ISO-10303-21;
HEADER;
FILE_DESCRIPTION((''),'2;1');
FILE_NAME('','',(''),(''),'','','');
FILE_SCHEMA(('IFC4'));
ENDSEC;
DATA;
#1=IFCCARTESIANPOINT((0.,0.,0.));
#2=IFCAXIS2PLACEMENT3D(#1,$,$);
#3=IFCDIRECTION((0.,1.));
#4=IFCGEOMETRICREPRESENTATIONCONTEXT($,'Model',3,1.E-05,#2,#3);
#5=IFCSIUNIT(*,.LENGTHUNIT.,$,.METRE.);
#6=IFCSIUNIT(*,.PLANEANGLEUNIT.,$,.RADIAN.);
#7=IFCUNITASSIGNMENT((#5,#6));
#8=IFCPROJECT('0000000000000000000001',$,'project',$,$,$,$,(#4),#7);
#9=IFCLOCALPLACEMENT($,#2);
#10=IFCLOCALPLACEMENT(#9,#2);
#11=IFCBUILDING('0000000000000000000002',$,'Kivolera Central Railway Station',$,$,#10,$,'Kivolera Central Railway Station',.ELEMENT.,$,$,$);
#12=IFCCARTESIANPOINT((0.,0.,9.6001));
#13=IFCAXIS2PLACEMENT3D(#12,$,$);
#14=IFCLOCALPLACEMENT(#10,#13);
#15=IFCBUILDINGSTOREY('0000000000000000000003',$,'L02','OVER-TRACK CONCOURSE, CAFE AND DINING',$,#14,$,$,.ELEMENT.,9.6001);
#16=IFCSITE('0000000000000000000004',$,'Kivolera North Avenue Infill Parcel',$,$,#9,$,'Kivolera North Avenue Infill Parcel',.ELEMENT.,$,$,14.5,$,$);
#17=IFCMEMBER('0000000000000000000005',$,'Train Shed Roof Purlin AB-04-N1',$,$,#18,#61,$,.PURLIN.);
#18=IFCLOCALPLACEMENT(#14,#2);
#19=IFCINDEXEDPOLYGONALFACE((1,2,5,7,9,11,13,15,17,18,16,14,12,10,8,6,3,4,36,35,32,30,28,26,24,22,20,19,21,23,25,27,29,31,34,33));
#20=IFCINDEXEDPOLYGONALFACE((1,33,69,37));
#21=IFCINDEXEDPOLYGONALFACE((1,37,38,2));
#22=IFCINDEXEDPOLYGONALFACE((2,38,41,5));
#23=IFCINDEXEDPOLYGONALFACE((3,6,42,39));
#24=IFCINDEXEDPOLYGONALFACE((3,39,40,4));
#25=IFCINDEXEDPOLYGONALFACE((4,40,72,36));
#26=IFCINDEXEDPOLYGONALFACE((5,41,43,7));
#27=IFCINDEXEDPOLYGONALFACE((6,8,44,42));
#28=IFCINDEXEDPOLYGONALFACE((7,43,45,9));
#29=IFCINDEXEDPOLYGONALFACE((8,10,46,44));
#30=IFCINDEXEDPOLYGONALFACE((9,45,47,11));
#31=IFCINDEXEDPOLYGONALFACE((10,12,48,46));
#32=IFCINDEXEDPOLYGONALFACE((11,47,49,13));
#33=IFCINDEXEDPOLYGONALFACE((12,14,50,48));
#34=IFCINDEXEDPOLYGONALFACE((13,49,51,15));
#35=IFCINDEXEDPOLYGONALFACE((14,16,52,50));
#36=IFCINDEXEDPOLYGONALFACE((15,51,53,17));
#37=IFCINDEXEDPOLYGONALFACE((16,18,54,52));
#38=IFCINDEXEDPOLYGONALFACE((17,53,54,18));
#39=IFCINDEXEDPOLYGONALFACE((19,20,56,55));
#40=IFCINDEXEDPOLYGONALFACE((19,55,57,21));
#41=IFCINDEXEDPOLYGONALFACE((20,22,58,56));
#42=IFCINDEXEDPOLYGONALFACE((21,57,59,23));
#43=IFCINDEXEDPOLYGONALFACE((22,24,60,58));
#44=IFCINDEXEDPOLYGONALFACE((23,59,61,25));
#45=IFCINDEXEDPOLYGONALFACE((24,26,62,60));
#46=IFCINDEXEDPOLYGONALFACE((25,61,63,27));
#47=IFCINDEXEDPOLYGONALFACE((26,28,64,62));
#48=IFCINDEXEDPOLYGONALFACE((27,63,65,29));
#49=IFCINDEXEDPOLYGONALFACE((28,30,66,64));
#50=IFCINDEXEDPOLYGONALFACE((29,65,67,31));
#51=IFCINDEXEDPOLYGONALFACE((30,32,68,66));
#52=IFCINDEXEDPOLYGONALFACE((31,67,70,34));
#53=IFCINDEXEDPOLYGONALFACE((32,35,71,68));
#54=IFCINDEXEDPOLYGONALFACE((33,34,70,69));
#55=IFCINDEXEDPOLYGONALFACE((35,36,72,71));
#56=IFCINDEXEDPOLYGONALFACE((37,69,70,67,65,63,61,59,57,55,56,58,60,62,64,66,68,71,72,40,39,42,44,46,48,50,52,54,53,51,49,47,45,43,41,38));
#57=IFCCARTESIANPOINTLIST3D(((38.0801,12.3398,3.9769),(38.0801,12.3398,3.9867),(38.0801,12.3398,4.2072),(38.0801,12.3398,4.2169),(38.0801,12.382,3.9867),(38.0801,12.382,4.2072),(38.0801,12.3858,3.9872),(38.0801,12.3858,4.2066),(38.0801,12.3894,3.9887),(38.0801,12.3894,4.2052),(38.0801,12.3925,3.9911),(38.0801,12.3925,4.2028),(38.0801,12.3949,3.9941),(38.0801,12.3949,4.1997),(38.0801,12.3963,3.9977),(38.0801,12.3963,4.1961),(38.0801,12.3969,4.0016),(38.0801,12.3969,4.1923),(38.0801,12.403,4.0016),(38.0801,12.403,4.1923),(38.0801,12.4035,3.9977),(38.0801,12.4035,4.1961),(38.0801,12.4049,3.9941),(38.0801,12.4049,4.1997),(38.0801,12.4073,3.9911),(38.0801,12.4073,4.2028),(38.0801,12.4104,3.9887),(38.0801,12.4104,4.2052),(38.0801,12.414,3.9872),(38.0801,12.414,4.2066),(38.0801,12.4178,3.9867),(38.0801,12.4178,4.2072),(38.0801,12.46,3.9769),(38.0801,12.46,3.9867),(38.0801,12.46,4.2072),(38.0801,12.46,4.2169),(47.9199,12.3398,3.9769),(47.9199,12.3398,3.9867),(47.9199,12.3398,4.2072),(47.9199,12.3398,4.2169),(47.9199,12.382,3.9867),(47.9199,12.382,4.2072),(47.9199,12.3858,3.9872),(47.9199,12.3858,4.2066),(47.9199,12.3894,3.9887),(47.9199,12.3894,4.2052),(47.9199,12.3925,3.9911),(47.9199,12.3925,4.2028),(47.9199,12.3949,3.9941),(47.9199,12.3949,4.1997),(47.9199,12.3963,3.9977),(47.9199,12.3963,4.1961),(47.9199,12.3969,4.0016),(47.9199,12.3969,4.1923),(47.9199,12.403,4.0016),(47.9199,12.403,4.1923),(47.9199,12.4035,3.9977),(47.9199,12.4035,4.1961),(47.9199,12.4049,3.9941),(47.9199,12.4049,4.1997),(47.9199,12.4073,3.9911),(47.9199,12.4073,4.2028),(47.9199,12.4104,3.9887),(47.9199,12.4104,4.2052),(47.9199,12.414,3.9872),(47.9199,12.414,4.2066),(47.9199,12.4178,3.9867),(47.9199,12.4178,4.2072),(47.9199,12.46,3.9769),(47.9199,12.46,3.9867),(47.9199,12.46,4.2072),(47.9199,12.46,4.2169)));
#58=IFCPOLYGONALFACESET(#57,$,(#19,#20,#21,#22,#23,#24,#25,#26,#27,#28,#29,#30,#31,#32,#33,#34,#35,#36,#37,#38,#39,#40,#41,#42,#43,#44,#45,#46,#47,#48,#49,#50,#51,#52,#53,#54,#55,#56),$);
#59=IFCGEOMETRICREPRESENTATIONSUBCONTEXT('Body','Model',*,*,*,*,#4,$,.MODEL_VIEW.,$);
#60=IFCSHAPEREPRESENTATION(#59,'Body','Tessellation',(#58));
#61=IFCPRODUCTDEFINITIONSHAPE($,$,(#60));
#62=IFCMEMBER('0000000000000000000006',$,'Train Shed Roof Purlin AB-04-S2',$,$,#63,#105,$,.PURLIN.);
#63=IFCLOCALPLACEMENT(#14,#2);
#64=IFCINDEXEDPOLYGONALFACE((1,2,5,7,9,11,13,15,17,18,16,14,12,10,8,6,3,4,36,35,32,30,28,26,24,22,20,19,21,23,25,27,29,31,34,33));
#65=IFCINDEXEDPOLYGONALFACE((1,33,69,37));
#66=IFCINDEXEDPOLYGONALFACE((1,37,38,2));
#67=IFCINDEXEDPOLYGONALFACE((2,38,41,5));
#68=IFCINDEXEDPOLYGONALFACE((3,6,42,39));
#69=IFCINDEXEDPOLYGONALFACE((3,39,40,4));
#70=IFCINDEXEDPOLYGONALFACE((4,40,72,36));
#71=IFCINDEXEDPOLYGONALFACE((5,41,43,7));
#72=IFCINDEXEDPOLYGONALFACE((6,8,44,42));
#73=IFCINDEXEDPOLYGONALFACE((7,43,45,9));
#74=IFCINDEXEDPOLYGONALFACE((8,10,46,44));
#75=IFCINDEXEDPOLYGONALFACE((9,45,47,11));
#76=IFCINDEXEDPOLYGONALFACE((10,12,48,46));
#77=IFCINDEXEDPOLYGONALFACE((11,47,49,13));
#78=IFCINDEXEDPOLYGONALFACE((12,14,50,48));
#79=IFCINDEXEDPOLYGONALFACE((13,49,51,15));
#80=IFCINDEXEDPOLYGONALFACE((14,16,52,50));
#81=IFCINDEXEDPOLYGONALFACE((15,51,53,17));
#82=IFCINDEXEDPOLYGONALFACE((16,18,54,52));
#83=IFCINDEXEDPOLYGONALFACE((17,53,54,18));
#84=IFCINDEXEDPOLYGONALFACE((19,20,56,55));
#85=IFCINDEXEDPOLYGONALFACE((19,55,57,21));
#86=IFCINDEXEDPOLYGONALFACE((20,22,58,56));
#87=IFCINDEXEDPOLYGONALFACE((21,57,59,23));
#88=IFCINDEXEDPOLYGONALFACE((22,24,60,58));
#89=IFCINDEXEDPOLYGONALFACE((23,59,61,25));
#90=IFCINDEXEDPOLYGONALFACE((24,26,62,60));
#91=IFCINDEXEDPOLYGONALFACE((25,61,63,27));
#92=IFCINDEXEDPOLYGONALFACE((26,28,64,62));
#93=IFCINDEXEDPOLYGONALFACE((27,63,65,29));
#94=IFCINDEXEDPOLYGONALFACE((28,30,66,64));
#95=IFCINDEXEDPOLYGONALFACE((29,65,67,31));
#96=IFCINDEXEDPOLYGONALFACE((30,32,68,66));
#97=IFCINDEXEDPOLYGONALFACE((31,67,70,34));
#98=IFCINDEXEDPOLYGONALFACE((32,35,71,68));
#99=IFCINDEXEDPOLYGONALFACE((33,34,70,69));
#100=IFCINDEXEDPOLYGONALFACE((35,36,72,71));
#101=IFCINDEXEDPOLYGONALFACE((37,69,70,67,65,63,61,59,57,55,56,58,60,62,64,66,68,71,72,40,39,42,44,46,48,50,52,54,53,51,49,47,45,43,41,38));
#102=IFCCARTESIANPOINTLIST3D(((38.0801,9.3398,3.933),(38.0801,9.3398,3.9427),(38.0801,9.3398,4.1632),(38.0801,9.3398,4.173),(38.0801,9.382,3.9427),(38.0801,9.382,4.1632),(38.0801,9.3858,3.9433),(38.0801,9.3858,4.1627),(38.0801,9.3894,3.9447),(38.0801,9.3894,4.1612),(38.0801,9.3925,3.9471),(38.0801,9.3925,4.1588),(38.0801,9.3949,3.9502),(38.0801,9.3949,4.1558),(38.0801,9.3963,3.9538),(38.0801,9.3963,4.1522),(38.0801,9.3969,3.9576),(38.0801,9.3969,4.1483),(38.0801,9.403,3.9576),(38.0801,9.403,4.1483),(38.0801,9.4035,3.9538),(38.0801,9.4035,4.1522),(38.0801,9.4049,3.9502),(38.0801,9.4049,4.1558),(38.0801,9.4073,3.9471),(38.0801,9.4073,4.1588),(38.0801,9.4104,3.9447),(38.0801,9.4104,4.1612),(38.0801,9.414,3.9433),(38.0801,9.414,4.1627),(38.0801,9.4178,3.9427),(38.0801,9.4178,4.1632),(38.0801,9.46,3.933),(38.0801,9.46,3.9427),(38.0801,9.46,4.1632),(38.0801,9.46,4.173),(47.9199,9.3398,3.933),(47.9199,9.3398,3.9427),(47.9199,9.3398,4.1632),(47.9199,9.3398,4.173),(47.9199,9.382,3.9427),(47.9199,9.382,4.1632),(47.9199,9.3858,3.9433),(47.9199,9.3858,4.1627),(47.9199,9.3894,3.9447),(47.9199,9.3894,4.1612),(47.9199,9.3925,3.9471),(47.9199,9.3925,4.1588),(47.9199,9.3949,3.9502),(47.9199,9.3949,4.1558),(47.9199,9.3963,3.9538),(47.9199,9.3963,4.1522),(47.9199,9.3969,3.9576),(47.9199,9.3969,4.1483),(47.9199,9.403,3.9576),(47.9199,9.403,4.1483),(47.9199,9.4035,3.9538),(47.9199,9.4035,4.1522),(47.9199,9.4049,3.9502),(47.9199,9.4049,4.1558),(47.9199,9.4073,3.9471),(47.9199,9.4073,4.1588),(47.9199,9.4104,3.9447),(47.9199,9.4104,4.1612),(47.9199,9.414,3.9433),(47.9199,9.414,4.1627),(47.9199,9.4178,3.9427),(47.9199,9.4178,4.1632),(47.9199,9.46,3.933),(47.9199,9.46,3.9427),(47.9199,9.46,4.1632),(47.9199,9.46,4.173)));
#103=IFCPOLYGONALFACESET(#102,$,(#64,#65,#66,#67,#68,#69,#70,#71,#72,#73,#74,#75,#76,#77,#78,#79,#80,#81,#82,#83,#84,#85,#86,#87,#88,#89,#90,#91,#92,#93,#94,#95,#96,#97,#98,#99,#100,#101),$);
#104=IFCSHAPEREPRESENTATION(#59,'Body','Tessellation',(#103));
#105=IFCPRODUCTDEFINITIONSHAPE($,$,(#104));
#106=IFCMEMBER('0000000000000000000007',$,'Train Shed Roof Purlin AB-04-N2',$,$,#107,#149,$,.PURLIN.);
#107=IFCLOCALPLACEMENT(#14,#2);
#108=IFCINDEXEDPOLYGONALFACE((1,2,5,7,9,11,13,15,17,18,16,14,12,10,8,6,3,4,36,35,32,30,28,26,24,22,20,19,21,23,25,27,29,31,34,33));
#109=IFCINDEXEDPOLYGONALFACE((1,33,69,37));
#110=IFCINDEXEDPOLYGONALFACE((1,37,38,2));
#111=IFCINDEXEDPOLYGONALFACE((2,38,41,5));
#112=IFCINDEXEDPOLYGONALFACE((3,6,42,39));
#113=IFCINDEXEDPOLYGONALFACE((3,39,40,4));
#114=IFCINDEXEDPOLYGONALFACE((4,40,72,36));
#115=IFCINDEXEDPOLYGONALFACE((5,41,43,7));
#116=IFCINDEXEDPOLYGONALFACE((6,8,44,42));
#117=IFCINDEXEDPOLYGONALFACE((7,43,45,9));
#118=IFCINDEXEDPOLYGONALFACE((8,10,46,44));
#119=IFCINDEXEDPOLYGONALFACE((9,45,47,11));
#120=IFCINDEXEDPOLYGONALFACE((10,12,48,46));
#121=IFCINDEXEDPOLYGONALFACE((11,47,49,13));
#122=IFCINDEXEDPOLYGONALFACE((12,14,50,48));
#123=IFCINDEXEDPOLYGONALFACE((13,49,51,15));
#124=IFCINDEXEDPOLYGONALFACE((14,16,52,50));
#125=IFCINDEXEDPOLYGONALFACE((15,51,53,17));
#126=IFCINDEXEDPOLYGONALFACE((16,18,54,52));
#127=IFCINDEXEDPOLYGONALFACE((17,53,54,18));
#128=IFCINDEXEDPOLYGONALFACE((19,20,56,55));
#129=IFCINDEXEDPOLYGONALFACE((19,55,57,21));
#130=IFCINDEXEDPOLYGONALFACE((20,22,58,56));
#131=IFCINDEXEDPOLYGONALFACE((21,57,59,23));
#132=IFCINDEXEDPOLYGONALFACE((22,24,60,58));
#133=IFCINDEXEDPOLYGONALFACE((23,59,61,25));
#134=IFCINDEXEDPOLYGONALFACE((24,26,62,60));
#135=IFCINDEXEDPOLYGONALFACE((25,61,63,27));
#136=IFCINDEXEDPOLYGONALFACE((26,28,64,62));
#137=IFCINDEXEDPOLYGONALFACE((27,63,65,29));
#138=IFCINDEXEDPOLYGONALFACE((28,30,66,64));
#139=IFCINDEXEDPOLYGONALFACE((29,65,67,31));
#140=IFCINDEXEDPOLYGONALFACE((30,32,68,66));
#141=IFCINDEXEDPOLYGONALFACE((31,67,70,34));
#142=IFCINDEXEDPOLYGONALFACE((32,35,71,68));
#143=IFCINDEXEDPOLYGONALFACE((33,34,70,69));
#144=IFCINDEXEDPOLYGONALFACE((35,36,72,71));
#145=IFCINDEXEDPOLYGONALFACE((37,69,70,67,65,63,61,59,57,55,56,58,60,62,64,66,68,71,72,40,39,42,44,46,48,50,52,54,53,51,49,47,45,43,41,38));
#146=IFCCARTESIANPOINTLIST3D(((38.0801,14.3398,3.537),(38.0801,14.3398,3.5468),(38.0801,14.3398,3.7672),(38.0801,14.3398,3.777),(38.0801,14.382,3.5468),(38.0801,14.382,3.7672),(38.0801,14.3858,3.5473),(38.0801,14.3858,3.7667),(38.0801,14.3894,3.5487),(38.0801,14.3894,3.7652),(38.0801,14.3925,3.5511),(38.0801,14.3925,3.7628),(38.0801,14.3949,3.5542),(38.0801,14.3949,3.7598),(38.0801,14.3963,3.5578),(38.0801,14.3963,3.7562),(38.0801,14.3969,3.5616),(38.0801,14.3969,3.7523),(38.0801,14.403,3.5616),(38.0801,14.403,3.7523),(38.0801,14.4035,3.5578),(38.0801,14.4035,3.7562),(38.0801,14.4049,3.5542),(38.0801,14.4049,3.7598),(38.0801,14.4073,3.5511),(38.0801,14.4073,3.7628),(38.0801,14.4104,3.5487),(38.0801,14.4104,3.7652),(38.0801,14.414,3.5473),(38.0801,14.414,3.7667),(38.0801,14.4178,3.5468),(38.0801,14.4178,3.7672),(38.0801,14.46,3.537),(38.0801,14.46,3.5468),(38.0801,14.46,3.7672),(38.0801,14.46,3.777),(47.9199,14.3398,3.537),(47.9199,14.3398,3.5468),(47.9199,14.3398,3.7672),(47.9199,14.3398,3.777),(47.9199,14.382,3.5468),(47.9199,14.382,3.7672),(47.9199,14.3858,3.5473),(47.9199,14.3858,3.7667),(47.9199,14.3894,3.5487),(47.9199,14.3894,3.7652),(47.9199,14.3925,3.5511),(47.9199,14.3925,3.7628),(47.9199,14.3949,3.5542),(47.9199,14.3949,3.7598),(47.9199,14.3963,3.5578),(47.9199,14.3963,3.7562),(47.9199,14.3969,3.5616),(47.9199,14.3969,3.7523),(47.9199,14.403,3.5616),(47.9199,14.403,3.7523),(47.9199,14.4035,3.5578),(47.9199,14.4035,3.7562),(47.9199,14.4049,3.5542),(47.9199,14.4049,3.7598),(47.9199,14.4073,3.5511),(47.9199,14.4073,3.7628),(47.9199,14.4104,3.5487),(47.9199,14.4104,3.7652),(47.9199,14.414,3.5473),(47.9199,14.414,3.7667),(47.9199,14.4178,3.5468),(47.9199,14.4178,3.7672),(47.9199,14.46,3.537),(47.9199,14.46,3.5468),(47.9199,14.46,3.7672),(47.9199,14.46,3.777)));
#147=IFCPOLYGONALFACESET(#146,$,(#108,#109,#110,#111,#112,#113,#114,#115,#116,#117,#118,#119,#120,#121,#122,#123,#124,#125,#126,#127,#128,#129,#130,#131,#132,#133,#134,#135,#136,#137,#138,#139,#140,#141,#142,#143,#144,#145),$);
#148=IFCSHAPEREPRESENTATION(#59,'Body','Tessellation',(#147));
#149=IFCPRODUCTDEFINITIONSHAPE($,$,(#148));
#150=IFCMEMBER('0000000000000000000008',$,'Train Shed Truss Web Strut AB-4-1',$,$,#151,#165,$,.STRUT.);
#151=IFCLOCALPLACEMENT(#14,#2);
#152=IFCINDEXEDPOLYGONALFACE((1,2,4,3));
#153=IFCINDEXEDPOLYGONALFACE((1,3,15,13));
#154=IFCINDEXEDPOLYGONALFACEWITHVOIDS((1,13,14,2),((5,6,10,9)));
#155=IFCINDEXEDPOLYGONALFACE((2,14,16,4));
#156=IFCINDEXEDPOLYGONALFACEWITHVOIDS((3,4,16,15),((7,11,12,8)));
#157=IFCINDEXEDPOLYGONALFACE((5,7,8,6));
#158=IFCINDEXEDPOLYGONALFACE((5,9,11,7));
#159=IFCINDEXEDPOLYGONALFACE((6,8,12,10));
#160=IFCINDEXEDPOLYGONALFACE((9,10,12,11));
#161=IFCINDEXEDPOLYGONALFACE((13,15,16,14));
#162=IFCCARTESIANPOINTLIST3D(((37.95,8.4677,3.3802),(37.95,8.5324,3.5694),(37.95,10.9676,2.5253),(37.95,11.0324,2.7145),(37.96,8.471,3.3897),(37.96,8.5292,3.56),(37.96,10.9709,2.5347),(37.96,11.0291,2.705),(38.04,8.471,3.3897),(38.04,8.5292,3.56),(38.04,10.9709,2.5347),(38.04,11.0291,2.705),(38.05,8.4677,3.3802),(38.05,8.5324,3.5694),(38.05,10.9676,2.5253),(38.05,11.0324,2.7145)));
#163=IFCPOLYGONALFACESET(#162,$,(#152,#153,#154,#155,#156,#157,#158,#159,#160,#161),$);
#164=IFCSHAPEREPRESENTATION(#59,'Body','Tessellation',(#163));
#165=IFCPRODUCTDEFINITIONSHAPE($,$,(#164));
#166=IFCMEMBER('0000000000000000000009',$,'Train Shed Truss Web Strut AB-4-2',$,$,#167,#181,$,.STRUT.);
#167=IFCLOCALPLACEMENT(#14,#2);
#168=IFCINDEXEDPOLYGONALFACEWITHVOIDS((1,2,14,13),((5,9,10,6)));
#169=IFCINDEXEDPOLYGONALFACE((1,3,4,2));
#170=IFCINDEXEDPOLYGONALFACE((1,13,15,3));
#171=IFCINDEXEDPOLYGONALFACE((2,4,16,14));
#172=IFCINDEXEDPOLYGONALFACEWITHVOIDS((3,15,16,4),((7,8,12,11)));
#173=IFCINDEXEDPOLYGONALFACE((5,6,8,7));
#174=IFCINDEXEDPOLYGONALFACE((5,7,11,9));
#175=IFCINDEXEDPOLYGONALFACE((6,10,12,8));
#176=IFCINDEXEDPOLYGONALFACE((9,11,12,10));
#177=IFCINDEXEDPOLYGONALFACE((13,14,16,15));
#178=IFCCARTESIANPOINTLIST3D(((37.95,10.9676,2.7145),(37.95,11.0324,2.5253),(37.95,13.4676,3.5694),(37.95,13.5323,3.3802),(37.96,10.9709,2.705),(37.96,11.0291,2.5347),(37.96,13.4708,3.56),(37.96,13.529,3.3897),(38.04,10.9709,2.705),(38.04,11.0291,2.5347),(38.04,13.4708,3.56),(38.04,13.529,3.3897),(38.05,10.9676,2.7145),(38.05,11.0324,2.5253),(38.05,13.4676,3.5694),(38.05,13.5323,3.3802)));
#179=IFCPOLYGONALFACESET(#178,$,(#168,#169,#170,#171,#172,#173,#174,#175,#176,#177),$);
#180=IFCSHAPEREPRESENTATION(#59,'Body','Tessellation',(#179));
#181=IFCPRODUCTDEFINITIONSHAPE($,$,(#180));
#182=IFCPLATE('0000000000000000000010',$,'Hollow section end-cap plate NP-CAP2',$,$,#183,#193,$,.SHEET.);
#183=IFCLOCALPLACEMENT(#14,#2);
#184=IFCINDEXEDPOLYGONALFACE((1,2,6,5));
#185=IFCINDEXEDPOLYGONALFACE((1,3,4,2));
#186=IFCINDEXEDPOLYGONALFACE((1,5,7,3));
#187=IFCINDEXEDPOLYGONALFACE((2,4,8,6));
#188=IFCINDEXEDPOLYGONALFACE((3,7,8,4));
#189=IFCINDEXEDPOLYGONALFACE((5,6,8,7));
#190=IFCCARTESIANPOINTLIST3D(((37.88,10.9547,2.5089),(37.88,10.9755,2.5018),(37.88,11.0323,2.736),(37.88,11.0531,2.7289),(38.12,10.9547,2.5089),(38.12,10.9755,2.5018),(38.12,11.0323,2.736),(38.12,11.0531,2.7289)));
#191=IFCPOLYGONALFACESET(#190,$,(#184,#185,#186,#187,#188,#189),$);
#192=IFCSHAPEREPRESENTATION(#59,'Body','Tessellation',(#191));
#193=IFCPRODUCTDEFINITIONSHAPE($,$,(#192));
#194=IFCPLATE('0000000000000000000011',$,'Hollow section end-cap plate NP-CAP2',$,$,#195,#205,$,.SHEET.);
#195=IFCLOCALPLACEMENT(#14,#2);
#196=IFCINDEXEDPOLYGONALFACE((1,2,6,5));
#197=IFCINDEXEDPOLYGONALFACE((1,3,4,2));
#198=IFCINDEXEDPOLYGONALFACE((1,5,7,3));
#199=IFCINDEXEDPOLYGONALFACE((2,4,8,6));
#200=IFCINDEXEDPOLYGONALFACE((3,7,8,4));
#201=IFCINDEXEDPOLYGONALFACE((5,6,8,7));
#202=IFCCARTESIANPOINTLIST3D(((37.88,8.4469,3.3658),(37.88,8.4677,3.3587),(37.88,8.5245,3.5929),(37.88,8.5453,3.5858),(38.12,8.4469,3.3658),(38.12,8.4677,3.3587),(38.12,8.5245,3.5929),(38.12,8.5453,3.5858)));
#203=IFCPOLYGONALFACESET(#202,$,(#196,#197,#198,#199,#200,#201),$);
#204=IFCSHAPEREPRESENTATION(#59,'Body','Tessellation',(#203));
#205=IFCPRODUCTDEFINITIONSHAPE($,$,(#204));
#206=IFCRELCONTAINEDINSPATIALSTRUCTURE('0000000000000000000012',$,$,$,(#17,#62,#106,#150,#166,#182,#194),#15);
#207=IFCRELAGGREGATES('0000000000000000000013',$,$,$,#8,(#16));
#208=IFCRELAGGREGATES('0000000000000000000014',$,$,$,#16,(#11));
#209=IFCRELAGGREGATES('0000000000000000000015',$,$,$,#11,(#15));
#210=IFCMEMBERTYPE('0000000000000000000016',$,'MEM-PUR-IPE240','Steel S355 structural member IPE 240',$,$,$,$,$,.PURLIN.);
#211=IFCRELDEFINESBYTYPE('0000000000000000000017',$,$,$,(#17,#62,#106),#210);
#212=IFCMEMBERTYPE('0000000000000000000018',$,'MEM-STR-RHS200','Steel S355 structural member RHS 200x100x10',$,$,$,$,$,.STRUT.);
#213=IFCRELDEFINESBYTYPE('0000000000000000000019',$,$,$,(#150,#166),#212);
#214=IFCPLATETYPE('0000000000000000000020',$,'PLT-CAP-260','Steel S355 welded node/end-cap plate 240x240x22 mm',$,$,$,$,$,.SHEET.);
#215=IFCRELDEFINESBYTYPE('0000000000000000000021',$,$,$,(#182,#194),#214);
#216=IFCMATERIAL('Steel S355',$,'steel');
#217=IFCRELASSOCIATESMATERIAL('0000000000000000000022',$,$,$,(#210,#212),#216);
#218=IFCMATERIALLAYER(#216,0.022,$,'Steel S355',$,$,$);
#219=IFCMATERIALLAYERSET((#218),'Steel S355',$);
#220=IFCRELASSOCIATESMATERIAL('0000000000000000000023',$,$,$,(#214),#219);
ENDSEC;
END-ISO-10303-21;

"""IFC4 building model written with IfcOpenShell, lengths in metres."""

from ifc_helpers import new_model, si_unit, direction, frame, origin, origin_2d, place, context, subcontext, project, spatial, rectangle, hollow_rectangle, i_section, extrude, material, layer, layer_set, material_profile, profile_set, type_object, element, save


model = new_model("IFC4")

# Units and contexts
model_context = context("Model", 3, precision=1e-05, world=origin(), true_north=direction((0.0, 1.0)))
body_context = subcontext(model_context, "Body", "Model", "MODEL_VIEW")
ifc_project = project(units=[si_unit("LENGTHUNIT", "METRE"), si_unit("PLANEANGLEUNIT", "RADIAN")], contexts=[model_context])

# Site, building, storey
site_placement = place(None, origin())
site = spatial("IfcSite", under=ifc_project, at=site_placement, Name="Kivolera North Avenue Infill Parcel", LongName="Kivolera North Avenue Infill Parcel", CompositionType="ELEMENT", RefElevation=14.5)
building_placement = place(site_placement, origin())
building = spatial("IfcBuilding", under=site, at=building_placement, Name="Kivolera Central Railway Station", LongName="Kivolera Central Railway Station", CompositionType="ELEMENT")
storey_placement = place(building_placement, frame((0.0, 0.0, 9.6001)))
storey = spatial("IfcBuildingStorey", under=building, at=storey_placement, Name="L02", Description="OVER-TRACK CONCOURSE, CAFE AND DINING", CompositionType="ELEMENT", Elevation=9.6001)

# Shared definitions
ifc_material_1 = material(Name="Steel S355", Category="steel")

# Members
ifc_material_profile_1 = material_profile(ifc_material_1, i_section(OverallWidth=0.1201, OverallDepth=0.24, WebThickness=0.0061, FlangeThickness=0.0098, FilletRadius=0.0149, at=origin_2d()), Name="IPE 240")
ifc_profile_set_1 = profile_set([ifc_material_profile_1], Name="Steel S355")
member_type_1 = type_object("IfcMemberType", Name="MEM-PUR-IPE240", Description="Steel S355 structural member IPE 240", PredefinedType="PURLIN", material=ifc_profile_set_1)
for number, where, z_axis, x_axis, name in (
    (1, (38.0801, 12.3999, 4.0969), (1.0, 0.0, 0.0), (0.0, 1.0, 0.0), "Train Shed Roof Purlin AB-04-N1"),
    (2, (38.0801, 9.3999, 4.053), (1.0, 0.0, 0.0), (0.0, 1.0, 0.0), "Train Shed Roof Purlin AB-04-S2"),
    (3, (38.0801, 14.3999, 3.657), (1.0, 0.0, 0.0), (0.0, 1.0, 0.0), "Train Shed Roof Purlin AB-04-N2"),
):
    element("IfcMember", number, at=place(storey_placement, frame(where, z_axis=z_axis, x_axis=x_axis)), inside=storey, type_object=member_type_1, Name=name, PredefinedType="PURLIN", context=body_context, shape_type="SweptSolid", body=[
        extrude(i_section(OverallWidth=0.1201, OverallDepth=0.24, WebThickness=0.0061, FlangeThickness=0.0098, FilletRadius=0.0149, at=origin_2d()), origin(), (0.0, 0.0, 1.0), 9.8398),
    ])
ifc_material_profile_2 = material_profile(ifc_material_1, hollow_rectangle(XDim=0.1001, YDim=0.2, WallThickness=0.01, at=origin_2d()), Name="RHS 200x100x10")
ifc_profile_set_2 = profile_set([ifc_material_profile_2], Name="Steel S355")
member_type_2 = type_object("IfcMemberType", Name="MEM-STR-RHS200", Description="Steel S355 structural member RHS 200x100x10", PredefinedType="STRUT", material=ifc_profile_set_2)
for number, where, z_axis, x_axis, name in (
    (4, (38.0, 11.0, 2.6199), (0.0, -0.946197, 0.323592), (1.0, 0.0, 0.0), "Train Shed Truss Web Strut AB-4-1"),
    (5, (38.0, 11.0, 2.6199), (0.0, 0.946197, 0.323592), (-1.0, 0.0, 0.0), "Train Shed Truss Web Strut AB-4-2"),
):
    element("IfcMember", number, at=place(storey_placement, frame(where, z_axis=z_axis, x_axis=x_axis)), inside=storey, type_object=member_type_2, Name=name, PredefinedType="STRUT", context=body_context, shape_type="SweptSolid", body=[
        extrude(hollow_rectangle(XDim=0.1001, YDim=0.2, WallThickness=0.01, at=origin_2d()), origin(), (0.0, 0.0, 1.0), 2.6421),
    ])

# Plates
ifc_layer_1 = layer(ifc_material_1, 0.022, Name="Steel S355")
ifc_layer_set_1 = layer_set([ifc_layer_1], Name="Steel S355")
plate_type = type_object("IfcPlateType", Name="PLT-CAP-260", Description="Steel S355 welded node/end-cap plate 240x240x22 mm", PredefinedType="SHEET", material=ifc_layer_set_1)
for number, where, z_axis, x_axis, name in (
    (6, (38.0, 11.0039, 2.6189), (0.0, -0.946194, 0.323599), (1.0, 0.0, 0.0), "Hollow section end-cap plate NP-CAP2"),
    (7, (38.0, 8.4961, 3.4758), (0.0, -0.946194, 0.323599), (1.0, 0.0, 0.0), "Hollow section end-cap plate NP-CAP2"),
):
    element("IfcPlate", number, at=place(storey_placement, frame(where, z_axis=z_axis, x_axis=x_axis)), inside=storey, type_object=plate_type, Name=name, PredefinedType="SHEET", context=body_context, shape_type="SweptSolid", body=[
        extrude(rectangle(XDim=0.24, YDim=0.24, at=origin_2d()), frame((0.0, 0.0, -0.011)), (0.0, 0.0, 1.0), 0.022),
    ])

save(model, "model.ifc")
